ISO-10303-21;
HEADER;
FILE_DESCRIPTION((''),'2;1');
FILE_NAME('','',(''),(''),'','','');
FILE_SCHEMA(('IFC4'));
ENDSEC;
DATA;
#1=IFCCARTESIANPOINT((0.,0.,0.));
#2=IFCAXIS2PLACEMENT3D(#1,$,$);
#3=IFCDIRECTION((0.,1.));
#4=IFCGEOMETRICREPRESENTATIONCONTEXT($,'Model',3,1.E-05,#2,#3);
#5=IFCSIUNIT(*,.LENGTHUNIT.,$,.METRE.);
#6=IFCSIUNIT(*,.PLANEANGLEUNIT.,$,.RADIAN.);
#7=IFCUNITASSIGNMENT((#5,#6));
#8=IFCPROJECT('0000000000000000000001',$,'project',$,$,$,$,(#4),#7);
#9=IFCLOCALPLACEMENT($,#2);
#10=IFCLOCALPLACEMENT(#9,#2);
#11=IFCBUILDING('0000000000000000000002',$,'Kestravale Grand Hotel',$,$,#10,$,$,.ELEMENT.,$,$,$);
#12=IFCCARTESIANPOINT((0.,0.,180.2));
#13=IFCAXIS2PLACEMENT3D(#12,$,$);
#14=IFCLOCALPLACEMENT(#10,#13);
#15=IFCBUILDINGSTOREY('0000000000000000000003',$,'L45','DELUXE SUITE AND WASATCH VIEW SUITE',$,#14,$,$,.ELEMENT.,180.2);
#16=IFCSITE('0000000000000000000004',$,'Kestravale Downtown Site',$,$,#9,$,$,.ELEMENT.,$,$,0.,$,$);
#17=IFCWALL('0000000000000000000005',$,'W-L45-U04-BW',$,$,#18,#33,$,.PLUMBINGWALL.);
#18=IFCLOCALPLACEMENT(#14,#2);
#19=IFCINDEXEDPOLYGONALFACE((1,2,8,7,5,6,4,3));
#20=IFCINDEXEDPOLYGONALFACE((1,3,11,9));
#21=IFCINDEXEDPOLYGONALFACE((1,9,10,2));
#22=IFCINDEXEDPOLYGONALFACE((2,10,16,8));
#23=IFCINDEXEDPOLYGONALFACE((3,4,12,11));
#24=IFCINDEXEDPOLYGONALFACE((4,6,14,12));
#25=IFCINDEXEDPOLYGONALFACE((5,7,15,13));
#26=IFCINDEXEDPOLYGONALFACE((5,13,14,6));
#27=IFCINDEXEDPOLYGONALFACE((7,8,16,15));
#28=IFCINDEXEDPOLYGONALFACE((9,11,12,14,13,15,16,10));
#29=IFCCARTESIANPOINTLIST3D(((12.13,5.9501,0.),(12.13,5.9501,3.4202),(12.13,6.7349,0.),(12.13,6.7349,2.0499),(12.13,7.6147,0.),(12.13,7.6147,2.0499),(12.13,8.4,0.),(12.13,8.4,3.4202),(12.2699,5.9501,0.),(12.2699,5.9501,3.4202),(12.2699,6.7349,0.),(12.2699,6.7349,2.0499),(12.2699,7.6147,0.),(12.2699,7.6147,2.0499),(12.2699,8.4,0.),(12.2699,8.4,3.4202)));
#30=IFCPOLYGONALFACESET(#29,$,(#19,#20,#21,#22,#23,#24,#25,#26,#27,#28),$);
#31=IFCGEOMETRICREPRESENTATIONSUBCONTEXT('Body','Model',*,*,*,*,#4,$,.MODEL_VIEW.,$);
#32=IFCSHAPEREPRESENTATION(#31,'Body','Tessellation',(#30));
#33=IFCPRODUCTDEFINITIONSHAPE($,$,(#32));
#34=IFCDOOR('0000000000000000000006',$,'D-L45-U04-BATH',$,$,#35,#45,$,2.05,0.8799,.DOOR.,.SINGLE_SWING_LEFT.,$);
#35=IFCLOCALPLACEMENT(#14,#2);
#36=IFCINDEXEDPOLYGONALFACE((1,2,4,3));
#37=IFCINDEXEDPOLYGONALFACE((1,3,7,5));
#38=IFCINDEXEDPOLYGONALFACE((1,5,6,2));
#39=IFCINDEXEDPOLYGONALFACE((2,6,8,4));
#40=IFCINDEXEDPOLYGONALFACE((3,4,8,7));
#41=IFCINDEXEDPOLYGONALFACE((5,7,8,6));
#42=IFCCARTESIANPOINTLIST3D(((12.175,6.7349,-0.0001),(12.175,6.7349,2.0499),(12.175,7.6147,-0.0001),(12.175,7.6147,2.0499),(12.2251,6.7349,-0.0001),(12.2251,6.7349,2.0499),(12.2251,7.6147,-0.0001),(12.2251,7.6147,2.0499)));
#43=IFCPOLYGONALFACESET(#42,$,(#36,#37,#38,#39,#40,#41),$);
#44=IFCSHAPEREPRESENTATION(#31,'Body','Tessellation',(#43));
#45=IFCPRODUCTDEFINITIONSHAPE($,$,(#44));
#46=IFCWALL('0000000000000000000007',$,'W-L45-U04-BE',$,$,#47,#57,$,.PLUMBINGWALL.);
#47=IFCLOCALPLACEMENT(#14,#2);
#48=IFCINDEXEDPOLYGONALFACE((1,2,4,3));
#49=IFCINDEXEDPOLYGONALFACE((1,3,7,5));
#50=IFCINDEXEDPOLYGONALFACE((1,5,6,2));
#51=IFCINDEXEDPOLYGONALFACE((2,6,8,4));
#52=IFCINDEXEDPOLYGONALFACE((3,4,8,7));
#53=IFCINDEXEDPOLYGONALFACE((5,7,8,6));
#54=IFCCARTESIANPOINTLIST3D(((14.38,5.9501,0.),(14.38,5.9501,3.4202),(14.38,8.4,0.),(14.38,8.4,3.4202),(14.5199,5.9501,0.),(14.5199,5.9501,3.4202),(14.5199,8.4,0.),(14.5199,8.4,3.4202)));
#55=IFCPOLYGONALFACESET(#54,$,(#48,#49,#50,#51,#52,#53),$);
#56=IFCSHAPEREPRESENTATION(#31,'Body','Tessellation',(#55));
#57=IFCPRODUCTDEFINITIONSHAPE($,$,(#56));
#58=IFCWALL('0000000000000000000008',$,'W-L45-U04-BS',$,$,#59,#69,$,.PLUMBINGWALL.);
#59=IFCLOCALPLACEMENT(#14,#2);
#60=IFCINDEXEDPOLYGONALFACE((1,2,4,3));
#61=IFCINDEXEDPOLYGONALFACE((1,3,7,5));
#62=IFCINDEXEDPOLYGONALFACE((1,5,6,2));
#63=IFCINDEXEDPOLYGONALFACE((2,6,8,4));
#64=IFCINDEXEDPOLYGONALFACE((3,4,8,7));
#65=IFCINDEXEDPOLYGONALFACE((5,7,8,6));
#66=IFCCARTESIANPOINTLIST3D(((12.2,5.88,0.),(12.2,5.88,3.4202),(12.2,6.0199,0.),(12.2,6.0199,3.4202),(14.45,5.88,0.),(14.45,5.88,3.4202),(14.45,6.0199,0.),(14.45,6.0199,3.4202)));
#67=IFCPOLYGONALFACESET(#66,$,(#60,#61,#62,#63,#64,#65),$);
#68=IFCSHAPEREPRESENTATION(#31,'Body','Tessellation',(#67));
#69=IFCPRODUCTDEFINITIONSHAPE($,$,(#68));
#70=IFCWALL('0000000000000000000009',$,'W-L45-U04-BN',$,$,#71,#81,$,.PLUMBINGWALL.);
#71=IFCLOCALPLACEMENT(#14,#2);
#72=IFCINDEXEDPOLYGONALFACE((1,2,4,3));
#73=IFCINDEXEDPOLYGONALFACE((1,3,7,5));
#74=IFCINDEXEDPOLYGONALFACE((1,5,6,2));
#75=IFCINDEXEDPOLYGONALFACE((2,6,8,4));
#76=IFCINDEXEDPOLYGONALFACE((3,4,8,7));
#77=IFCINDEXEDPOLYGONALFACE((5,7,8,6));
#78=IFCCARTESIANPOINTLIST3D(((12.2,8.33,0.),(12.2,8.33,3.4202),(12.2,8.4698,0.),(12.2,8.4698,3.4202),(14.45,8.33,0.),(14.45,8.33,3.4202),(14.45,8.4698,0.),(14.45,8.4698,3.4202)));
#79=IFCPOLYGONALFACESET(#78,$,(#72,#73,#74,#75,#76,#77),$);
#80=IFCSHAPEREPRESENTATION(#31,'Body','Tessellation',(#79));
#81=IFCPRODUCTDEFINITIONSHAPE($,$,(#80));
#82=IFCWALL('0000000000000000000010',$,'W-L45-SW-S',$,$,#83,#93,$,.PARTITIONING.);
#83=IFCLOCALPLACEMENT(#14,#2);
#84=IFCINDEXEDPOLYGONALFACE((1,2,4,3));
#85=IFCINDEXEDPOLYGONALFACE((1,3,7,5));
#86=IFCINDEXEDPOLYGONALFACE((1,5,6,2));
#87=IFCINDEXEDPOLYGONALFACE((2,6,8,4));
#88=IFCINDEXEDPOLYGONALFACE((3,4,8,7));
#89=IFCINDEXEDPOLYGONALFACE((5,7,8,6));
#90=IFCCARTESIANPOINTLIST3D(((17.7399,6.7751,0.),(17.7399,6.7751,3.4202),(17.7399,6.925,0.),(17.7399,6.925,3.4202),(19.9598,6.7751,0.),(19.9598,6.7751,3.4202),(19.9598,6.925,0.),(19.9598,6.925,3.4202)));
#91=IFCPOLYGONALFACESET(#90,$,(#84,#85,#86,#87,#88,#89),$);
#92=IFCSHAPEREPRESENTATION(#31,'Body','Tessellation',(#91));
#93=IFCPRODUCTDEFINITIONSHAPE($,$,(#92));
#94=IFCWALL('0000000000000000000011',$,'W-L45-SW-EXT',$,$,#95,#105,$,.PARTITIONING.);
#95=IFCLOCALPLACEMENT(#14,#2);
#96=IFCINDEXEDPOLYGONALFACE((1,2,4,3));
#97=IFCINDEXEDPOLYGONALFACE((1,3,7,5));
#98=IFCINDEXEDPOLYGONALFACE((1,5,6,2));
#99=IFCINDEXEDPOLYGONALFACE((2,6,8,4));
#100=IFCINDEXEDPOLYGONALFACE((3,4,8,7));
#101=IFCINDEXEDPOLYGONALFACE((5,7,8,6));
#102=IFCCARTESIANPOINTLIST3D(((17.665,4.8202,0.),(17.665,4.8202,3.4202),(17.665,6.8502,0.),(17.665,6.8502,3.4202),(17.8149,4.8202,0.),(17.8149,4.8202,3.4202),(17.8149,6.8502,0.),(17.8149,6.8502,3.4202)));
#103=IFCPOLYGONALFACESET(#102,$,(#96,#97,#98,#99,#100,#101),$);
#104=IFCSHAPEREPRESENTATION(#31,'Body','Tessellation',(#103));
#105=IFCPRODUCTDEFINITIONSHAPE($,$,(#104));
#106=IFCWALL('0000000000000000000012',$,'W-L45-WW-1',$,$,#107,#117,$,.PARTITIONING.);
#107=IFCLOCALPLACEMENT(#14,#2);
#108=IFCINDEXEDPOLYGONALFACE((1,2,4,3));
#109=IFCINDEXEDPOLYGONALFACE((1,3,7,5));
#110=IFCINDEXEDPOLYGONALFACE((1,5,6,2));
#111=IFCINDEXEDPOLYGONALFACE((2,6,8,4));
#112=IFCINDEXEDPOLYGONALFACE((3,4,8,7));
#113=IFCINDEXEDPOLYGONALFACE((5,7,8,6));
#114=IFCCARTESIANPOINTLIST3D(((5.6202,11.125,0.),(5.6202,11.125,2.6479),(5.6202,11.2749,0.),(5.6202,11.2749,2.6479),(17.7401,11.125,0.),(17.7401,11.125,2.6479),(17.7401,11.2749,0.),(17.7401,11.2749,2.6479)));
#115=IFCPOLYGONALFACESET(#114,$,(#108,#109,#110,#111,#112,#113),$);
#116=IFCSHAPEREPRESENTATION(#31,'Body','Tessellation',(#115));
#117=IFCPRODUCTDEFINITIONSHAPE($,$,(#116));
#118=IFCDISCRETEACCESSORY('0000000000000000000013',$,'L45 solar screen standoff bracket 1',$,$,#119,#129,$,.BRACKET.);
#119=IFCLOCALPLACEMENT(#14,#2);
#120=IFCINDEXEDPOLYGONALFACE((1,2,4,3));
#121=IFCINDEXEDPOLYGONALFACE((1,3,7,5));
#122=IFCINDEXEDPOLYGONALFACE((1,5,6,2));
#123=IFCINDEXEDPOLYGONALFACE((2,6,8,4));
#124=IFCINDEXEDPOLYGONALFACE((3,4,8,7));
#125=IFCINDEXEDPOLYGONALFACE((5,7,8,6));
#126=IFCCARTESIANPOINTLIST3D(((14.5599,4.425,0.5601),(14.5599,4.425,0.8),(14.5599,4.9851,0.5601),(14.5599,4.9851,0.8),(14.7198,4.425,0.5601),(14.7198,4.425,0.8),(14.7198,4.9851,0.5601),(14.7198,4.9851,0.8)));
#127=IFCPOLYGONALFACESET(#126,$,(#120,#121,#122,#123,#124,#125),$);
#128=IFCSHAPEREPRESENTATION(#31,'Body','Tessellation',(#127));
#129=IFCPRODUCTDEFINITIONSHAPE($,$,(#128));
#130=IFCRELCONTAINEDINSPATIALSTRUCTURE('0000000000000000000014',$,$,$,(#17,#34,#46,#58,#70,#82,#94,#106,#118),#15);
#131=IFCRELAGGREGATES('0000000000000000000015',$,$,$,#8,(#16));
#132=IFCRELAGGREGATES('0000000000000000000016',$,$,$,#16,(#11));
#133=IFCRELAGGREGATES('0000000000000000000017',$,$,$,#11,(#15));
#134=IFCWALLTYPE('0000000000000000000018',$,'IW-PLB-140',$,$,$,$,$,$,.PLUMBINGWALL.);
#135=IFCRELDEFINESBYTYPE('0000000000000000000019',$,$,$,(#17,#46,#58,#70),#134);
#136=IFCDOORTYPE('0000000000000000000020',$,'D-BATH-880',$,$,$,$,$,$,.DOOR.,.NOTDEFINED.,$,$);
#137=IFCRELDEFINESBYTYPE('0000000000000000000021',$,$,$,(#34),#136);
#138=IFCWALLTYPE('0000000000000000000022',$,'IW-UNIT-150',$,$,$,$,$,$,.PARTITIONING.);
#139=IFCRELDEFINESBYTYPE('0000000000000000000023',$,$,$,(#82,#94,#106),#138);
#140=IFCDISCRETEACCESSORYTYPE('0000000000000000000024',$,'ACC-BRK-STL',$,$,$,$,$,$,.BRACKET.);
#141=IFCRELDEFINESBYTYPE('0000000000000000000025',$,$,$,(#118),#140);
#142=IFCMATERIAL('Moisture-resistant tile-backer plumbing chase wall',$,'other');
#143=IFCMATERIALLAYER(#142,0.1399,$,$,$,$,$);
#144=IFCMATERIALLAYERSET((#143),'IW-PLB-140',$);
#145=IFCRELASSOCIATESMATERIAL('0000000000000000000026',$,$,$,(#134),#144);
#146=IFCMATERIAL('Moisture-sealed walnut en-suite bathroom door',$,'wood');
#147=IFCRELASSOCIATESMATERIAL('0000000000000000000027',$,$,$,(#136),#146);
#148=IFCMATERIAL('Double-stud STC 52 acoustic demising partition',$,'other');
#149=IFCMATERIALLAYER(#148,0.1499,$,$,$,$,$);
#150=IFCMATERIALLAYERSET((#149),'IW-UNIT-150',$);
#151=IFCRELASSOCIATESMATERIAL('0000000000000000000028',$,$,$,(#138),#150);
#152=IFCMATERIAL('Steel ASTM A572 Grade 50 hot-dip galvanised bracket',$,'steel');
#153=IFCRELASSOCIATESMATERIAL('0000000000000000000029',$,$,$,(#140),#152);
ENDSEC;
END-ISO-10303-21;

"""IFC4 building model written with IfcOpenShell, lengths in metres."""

from ifc_helpers import new_model, si_unit, direction, frame, frame_2d, origin, origin_2d, place, context, subcontext, project, spatial, rectangle, extrude, material, layer, layer_set, type_object, element, fill, save


model = new_model("IFC4")

# Units and contexts
model_context = context("Model", 3, precision=1e-05, world=origin(), true_north=direction((0.0, 1.0)))
body_context = subcontext(model_context, "Body", "Model", "MODEL_VIEW")
ifc_project = project(units=[si_unit("LENGTHUNIT", "METRE"), si_unit("PLANEANGLEUNIT", "RADIAN")], contexts=[model_context])

# Site, building, storey
site_placement = place(None, origin())
site = spatial("IfcSite", under=ifc_project, at=site_placement, Name="Kestravale Downtown Site", CompositionType="ELEMENT", RefElevation=0.0)
building_placement = place(site_placement, origin())
building = spatial("IfcBuilding", under=site, at=building_placement, Name="Kestravale Grand Hotel", CompositionType="ELEMENT")
storey_placement = place(building_placement, frame((0.0, 0.0, 180.2)))
storey = spatial("IfcBuildingStorey", under=building, at=storey_placement, Name="L45", Description="DELUXE SUITE AND WASATCH VIEW SUITE", CompositionType="ELEMENT", Elevation=180.2)

# Wall, opening, door
ifc_material_1 = material(Name="Moisture-resistant tile-backer plumbing chase wall", Category="other")
ifc_layer_1 = layer(ifc_material_1, 0.1399)
ifc_layer_set_1 = layer_set([ifc_layer_1], Name="IW-PLB-140")
wall_type_1 = type_object("IfcWallType", Name="IW-PLB-140", PredefinedType="PLUMBINGWALL", material=ifc_layer_set_1)
wall_1_placement = place(storey_placement, frame((12.2, 5.95, 0.0), z_axis=(0.0, 0.0, 1.0), x_axis=(0.0, 1.0, 0.0)))
wall_1 = element("IfcWall", 1, at=wall_1_placement, inside=storey, type_object=wall_type_1, Name="W-L45-U04-BW", PredefinedType="PLUMBINGWALL", context=body_context, shape_type="SweptSolid", body=[
    extrude(rectangle(XDim=2.45, YDim=0.1399, at=frame_2d((1.2251, 0.0))), origin(), (0.0, 0.0, 1.0), 3.4202),
])
opening_1_placement = place(wall_1_placement, frame((0.7849, 0.0, 0.0)))
opening_1 = element("IfcOpeningElement", 2, at=opening_1_placement, cuts=wall_1, PredefinedType="OPENING", context=body_context, shape_type="SweptSolid", body=[
    extrude(rectangle(XDim=0.8799, YDim=2.05, at=frame_2d((0.4399, 1.0249))), frame((0.0, 0.0798, 0.0), z_axis=(0.0, -1.0, 0.0), x_axis=(1.0, 0.0, 0.0)), (0.0, 0.0, 1.0), 0.1599),
])
ifc_material_2 = material(Name="Moisture-sealed walnut en-suite bathroom door", Category="wood")
door_type_1 = type_object("IfcDoorType", Name="D-BATH-880", OperationType="NOTDEFINED", PredefinedType="DOOR", material=ifc_material_2)
door_1_placement = place(opening_1_placement, origin())
door_1 = element("IfcDoor", 3, at=door_1_placement, inside=storey, type_object=door_type_1, Name="D-L45-U04-BATH", OperationType="SINGLE_SWING_LEFT", OverallHeight=2.05, OverallWidth=0.8799, PredefinedType="DOOR", context=body_context, shape_type="SweptSolid", body=[
    extrude(rectangle(XDim=0.8799, YDim=2.05, at=frame_2d((0.4399, 1.0249))), frame((0.0, 0.0249, 0.0), z_axis=(0.0, -1.0, 0.0), x_axis=(1.0, 0.0, 0.0)), (0.0, 0.0, 1.0), 0.05),
])
fill(opening_1, door_1)

# Walls
wall_2_placement = place(storey_placement, frame((14.45, 5.95, 0.0), z_axis=(0.0, 0.0, 1.0), x_axis=(0.0, 1.0, 0.0)))
element("IfcWall", 4, at=wall_2_placement, inside=storey, type_object=wall_type_1, Name="W-L45-U04-BE", PredefinedType="PLUMBINGWALL", context=body_context, shape_type="SweptSolid", body=[
    extrude(rectangle(XDim=2.45, YDim=0.1399, at=frame_2d((1.2251, 0.0))), origin(), (0.0, 0.0, 1.0), 3.4202),
])
for number, where, z_axis, x_axis, name in (
    (5, (12.2, 5.95, 0.0), (0.0, 0.0, 1.0), (1.0, 0.0, 0.0), "W-L45-U04-BS"),
    (6, (12.2, 8.3999, 0.0), (0.0, 0.0, 1.0), (1.0, 0.0, 0.0), "W-L45-U04-BN"),
):
    element("IfcWall", number, at=place(storey_placement, frame(where, z_axis=z_axis, x_axis=x_axis)), inside=storey, type_object=wall_type_1, Name=name, PredefinedType="PLUMBINGWALL", context=body_context, shape_type="SweptSolid", body=[
        extrude(rectangle(XDim=2.25, YDim=0.1399, at=frame_2d((1.125, 0.0))), origin(), (0.0, 0.0, 1.0), 3.4202),
    ])
ifc_material_3 = material(Name="Double-stud STC 52 acoustic demising partition", Category="other")
ifc_layer_2 = layer(ifc_material_3, 0.1499)
ifc_layer_set_2 = layer_set([ifc_layer_2], Name="IW-UNIT-150")
wall_type_2 = type_object("IfcWallType", Name="IW-UNIT-150", PredefinedType="PARTITIONING", material=ifc_layer_set_2)
wall_3_placement = place(storey_placement, frame((17.74, 6.8501, 0.0), z_axis=(0.0, 0.0, 1.0), x_axis=(1.0, 0.0, 0.0)))
element("IfcWall", 7, at=wall_3_placement, inside=storey, type_object=wall_type_2, Name="W-L45-SW-S", PredefinedType="PARTITIONING", context=body_context, shape_type="SweptSolid", body=[
    extrude(rectangle(XDim=2.22, YDim=0.1499, at=frame_2d((1.1099, 0.0))), origin(), (0.0, 0.0, 1.0), 3.4202),
])
wall_4_placement = place(storey_placement, frame((17.74, 4.8201, 0.0), z_axis=(0.0, 0.0, 1.0), x_axis=(0.0, 1.0, 0.0)))
element("IfcWall", 8, at=wall_4_placement, inside=storey, type_object=wall_type_2, Name="W-L45-SW-EXT", PredefinedType="PARTITIONING", context=body_context, shape_type="SweptSolid", body=[
    extrude(rectangle(XDim=2.03, YDim=0.1499, at=frame_2d((1.0151, 0.0))), origin(), (0.0, 0.0, 1.0), 3.4202),
])
wall_5_placement = place(storey_placement, frame((5.6201, 11.2, 0.0), z_axis=(0.0, 0.0, 1.0), x_axis=(1.0, 0.0, 0.0)))
element("IfcWall", 9, at=wall_5_placement, inside=storey, type_object=wall_type_2, Name="W-L45-WW-1", PredefinedType="PARTITIONING", context=body_context, shape_type="SweptSolid", body=[
    extrude(rectangle(XDim=12.1199, YDim=0.1499, at=frame_2d((6.0601, 0.0))), origin(), (0.0, 0.0, 1.0), 2.6479),
])

# Discrete accessory
ifc_material_4 = material(Name="Steel ASTM A572 Grade 50 hot-dip galvanised bracket", Category="steel")
discrete_accessory_type = type_object("IfcDiscreteAccessoryType", Name="ACC-BRK-STL", PredefinedType="BRACKET", material=ifc_material_4)
discrete_accessory_placement = place(storey_placement, frame((14.6399, 4.7051, 0.5601), z_axis=(0.0, 0.0, 1.0), x_axis=(1.0, 0.0, 0.0)))
element("IfcDiscreteAccessory", 10, at=discrete_accessory_placement, inside=storey, type_object=discrete_accessory_type, Name="L45 solar screen standoff bracket 1", PredefinedType="BRACKET", context=body_context, shape_type="SweptSolid", body=[
    extrude(rectangle(XDim=0.1599, YDim=0.5601, at=origin_2d()), origin(), (0.0, 0.0, 1.0), 0.24),
])

save(model, "model.ifc")
